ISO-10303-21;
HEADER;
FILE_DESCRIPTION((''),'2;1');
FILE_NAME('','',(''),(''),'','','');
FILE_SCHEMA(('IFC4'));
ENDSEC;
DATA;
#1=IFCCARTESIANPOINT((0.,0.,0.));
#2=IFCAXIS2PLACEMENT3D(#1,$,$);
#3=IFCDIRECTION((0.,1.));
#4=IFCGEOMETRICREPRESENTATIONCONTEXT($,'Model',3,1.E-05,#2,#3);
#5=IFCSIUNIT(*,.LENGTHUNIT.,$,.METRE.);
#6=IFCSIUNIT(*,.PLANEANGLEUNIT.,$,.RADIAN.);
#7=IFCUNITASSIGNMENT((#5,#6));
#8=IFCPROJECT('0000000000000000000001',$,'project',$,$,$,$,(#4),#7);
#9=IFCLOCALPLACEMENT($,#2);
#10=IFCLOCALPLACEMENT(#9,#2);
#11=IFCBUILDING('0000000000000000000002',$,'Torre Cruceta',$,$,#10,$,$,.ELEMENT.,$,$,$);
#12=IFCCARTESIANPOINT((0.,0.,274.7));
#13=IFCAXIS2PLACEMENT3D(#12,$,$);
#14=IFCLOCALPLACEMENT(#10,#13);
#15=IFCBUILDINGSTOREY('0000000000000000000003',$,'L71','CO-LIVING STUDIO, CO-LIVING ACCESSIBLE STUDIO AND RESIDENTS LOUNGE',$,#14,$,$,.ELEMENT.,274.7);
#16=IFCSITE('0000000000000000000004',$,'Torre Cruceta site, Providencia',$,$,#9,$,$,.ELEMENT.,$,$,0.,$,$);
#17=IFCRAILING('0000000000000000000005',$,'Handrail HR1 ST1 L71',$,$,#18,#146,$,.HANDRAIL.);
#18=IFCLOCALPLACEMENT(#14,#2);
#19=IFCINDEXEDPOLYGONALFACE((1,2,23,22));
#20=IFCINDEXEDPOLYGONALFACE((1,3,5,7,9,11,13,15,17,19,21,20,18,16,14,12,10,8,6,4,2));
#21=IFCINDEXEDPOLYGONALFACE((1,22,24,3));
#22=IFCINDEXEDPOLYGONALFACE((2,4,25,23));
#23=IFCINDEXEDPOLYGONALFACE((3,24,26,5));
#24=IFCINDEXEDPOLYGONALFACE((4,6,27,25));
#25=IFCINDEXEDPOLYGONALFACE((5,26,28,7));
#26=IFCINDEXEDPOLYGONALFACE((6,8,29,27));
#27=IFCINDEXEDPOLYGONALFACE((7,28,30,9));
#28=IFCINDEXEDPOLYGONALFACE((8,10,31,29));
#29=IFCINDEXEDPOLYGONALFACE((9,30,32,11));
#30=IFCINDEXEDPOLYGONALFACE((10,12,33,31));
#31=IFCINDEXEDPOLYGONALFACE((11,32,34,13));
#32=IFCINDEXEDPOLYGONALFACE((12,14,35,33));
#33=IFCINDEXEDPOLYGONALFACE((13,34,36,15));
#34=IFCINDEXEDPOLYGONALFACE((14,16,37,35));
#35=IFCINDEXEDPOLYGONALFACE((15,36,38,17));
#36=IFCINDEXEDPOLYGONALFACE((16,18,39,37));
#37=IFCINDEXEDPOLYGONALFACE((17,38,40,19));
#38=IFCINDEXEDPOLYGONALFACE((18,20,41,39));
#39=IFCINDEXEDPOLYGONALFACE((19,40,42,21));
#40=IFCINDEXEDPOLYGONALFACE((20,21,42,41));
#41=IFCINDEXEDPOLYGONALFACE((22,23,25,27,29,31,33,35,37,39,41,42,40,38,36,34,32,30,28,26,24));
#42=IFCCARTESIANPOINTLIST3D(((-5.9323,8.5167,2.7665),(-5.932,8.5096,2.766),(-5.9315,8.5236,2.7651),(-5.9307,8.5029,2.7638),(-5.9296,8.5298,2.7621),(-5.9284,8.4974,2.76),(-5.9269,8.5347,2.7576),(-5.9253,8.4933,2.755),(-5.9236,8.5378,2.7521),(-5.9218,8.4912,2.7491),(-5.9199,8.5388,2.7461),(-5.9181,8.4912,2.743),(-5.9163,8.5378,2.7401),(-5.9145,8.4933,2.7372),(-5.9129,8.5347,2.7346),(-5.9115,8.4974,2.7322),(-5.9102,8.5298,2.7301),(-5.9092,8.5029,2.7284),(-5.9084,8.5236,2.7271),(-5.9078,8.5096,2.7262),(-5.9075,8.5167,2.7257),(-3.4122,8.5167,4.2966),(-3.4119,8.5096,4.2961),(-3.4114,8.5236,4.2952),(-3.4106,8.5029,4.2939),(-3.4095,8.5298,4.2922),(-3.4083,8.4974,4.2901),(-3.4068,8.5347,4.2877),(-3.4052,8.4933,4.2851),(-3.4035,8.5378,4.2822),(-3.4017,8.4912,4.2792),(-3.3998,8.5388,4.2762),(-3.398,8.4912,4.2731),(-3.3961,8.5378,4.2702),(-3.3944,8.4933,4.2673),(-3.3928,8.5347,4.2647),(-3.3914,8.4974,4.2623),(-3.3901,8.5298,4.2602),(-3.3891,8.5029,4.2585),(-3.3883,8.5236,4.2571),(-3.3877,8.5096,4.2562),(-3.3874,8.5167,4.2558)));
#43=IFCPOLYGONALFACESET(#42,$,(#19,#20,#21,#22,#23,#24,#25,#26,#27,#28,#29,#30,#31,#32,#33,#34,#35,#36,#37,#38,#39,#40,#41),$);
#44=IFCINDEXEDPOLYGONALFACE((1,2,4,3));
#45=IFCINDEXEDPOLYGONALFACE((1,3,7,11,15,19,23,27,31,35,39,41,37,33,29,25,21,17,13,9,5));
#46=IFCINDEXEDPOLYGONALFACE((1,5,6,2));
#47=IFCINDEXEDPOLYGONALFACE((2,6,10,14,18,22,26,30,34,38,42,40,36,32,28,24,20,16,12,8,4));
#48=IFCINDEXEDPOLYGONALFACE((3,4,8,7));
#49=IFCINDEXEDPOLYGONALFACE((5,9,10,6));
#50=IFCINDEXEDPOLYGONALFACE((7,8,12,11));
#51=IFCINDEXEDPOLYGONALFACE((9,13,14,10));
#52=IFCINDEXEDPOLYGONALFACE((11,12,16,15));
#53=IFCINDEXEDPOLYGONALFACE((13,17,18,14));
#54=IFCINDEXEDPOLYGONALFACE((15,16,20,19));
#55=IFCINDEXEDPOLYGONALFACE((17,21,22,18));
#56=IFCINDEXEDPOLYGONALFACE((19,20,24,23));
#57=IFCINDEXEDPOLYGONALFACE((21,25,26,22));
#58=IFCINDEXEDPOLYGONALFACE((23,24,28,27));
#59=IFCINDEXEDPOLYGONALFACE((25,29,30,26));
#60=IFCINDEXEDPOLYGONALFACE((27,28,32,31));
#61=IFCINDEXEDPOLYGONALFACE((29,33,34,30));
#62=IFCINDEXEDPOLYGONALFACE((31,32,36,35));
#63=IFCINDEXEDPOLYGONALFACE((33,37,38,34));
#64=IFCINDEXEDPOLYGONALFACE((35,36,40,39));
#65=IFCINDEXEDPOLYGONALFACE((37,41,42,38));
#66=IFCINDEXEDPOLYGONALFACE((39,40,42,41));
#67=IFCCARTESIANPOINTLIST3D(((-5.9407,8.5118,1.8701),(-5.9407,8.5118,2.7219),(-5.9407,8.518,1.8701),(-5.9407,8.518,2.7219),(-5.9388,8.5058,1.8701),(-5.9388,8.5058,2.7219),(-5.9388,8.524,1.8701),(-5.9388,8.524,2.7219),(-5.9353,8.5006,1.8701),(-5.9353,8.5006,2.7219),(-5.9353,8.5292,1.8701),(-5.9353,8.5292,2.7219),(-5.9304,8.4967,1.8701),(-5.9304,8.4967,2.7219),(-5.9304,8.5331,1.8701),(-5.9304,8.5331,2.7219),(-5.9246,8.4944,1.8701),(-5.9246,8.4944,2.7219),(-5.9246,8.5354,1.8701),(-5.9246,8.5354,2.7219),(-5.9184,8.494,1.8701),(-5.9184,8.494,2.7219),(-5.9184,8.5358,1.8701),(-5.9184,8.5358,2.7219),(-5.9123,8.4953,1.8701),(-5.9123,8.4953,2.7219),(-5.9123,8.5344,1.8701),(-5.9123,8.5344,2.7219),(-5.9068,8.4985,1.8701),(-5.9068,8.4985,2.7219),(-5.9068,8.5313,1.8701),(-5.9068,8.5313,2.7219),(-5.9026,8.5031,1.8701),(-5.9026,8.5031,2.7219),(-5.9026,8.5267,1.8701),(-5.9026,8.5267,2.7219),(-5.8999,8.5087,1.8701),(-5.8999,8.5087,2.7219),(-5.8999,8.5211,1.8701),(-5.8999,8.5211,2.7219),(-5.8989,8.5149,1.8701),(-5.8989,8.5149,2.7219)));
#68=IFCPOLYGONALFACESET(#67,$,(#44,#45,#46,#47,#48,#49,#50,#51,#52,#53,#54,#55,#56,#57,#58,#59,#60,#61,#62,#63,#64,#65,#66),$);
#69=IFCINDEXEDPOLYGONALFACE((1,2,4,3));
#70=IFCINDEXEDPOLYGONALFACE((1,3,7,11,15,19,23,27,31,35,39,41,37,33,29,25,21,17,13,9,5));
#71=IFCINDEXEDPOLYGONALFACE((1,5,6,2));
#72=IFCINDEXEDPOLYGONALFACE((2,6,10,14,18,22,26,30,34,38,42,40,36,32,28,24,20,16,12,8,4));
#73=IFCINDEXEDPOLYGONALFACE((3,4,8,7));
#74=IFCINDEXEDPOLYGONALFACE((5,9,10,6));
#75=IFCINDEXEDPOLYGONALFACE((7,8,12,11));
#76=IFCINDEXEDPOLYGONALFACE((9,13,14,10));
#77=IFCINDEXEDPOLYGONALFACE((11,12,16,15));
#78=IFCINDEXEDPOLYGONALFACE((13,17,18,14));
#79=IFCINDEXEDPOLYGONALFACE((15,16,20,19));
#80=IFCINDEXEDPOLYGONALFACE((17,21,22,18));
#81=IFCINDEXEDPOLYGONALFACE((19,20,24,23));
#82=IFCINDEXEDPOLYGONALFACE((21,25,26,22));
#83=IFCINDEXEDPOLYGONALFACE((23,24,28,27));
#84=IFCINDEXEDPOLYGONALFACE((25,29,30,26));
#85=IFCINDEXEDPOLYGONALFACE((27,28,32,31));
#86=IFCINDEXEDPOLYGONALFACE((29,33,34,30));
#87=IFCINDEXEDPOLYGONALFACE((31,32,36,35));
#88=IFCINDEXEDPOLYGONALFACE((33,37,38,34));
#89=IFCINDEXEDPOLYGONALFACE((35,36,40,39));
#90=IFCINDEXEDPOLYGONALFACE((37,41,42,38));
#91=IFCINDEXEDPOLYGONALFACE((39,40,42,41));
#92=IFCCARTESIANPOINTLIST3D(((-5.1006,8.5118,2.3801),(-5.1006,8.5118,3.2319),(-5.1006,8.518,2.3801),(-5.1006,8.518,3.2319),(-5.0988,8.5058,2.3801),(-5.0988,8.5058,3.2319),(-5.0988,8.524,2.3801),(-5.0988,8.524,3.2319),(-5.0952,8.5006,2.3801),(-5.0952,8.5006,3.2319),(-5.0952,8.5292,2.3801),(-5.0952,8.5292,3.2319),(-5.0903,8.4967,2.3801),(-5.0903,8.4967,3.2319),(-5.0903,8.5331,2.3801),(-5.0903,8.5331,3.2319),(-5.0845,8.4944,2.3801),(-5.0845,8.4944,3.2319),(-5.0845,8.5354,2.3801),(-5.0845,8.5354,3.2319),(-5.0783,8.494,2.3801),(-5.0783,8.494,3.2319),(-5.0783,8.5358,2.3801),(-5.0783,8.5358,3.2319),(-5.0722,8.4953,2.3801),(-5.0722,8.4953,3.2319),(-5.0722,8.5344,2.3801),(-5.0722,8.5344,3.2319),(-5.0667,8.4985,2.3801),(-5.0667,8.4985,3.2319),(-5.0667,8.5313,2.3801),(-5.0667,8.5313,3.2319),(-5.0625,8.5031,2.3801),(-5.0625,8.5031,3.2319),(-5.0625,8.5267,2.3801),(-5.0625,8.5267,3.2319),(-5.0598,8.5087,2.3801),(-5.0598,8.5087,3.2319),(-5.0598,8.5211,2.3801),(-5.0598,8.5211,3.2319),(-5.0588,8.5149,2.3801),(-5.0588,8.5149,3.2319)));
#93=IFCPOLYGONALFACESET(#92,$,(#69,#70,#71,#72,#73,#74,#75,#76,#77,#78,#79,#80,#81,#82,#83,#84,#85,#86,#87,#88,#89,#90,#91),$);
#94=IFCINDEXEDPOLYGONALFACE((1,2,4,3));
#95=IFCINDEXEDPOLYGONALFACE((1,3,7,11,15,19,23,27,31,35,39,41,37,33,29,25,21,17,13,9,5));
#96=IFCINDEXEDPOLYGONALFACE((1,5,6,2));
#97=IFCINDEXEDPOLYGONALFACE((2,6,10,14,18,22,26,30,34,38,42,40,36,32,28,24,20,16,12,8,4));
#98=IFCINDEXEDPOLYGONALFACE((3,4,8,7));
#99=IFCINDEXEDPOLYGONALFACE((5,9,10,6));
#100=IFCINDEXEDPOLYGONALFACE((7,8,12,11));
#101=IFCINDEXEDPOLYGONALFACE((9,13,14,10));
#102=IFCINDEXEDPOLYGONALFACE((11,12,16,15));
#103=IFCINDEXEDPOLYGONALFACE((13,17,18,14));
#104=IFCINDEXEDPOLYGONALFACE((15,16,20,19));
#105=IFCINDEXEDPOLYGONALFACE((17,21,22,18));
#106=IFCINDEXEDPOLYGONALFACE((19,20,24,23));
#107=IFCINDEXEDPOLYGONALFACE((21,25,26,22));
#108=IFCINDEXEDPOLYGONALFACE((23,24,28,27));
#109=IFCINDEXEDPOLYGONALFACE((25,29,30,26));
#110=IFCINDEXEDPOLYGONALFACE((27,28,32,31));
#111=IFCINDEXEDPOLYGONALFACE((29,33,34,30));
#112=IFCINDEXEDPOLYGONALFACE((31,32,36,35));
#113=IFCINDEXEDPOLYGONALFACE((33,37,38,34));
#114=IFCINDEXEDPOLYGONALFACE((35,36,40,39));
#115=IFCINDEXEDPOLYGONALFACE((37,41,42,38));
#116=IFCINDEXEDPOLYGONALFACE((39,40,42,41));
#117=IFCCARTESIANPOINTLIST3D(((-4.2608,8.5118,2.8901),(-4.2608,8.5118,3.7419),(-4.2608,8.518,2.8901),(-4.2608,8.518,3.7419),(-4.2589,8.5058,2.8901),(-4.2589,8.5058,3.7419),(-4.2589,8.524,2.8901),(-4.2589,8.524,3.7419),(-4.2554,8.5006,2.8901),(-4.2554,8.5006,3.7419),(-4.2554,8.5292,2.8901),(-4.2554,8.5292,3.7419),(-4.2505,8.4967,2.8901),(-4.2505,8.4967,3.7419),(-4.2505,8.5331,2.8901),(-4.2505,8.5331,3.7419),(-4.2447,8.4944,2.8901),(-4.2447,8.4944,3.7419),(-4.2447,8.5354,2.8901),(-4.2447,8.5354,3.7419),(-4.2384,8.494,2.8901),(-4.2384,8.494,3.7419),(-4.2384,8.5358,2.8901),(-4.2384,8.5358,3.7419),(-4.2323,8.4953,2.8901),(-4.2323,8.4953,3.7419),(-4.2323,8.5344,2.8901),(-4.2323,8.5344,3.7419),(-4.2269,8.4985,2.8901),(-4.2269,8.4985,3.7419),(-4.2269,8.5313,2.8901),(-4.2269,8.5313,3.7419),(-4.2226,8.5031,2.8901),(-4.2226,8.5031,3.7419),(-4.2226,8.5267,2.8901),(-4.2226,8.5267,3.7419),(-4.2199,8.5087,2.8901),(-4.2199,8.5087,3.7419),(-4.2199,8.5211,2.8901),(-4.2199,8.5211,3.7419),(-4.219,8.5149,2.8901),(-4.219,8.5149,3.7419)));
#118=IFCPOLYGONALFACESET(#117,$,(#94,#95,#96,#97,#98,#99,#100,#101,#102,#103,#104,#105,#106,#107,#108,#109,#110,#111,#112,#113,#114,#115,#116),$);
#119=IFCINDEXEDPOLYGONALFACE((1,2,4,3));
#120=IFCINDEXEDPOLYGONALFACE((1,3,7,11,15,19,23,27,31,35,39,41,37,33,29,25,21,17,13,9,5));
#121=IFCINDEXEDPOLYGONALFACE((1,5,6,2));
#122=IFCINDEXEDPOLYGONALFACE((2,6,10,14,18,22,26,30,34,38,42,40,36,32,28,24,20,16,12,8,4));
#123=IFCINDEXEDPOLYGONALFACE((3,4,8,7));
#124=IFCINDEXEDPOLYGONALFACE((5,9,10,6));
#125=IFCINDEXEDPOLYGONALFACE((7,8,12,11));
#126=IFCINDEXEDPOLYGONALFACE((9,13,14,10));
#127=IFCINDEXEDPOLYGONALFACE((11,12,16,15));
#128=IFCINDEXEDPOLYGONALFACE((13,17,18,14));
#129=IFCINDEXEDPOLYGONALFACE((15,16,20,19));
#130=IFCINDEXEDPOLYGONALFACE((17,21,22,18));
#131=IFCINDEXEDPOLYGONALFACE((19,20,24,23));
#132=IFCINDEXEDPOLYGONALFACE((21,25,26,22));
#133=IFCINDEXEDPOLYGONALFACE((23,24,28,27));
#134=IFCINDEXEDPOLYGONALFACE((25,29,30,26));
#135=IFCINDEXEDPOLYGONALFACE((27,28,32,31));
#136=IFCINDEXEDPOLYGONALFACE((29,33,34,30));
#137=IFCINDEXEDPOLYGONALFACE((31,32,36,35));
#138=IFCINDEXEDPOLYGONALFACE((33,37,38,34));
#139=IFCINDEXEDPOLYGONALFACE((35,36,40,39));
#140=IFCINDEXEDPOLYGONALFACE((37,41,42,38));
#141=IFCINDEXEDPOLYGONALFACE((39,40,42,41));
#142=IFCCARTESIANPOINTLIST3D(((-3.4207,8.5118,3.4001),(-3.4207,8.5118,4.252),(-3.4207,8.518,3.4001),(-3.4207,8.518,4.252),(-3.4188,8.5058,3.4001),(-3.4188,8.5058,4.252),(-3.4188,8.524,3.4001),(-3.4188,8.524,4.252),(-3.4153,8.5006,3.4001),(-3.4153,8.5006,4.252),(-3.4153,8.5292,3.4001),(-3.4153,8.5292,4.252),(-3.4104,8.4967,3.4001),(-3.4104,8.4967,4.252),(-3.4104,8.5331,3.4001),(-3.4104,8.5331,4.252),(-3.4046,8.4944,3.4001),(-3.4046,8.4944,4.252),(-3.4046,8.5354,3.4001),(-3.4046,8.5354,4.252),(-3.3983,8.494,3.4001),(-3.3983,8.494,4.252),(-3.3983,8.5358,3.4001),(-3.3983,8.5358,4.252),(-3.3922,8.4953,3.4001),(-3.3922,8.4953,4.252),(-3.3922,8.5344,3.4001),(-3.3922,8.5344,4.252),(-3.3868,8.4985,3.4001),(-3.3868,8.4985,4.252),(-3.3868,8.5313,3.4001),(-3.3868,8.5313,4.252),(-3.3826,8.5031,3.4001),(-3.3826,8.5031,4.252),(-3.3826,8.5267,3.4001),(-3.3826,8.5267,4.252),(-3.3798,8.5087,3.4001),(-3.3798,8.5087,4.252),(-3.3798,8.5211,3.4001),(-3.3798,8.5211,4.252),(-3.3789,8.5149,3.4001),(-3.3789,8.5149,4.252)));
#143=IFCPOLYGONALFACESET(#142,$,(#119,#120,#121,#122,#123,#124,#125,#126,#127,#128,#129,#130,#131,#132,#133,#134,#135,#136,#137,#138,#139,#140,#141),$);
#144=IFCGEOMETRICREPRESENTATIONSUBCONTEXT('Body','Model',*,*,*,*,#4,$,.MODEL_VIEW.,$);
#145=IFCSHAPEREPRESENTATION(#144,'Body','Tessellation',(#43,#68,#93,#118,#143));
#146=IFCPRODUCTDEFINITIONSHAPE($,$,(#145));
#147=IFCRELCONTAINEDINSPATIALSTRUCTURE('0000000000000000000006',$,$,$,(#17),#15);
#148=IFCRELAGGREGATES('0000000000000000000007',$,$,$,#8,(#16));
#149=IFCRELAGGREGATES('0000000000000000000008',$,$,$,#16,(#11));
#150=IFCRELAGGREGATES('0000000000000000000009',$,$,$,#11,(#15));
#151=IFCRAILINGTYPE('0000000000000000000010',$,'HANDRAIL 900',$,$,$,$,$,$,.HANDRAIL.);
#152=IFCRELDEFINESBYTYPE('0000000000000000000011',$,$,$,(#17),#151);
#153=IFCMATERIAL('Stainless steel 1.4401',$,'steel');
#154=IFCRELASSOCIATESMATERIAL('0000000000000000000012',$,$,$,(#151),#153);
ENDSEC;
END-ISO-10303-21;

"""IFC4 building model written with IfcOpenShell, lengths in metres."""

from ifc_helpers import new_model, si_unit, direction, frame, origin, origin_2d, place, context, subcontext, project, spatial, circle, extrude, material, type_object, element, save


model = new_model("IFC4")

# Units and contexts
model_context = context("Model", 3, precision=1e-05, world=origin(), true_north=direction((0.0, 1.0)))
body_context = subcontext(model_context, "Body", "Model", "MODEL_VIEW")
ifc_project = project(units=[si_unit("LENGTHUNIT", "METRE"), si_unit("PLANEANGLEUNIT", "RADIAN")], contexts=[model_context])

# Site, building, storey
site_placement = place(None, origin())
site = spatial("IfcSite", under=ifc_project, at=site_placement, Name="Torre Cruceta site, Providencia", CompositionType="ELEMENT", RefElevation=0.0)
building_placement = place(site_placement, origin())
building = spatial("IfcBuilding", under=site, at=building_placement, Name="Torre Cruceta", CompositionType="ELEMENT")
storey_placement = place(building_placement, frame((0.0, 0.0, 274.7)))
storey = spatial("IfcBuildingStorey", under=building, at=storey_placement, Name="L71", Description="CO-LIVING STUDIO, CO-LIVING ACCESSIBLE STUDIO AND RESIDENTS LOUNGE", CompositionType="ELEMENT", Elevation=274.7)

# Railing
ifc_material_1 = material(Name="Stainless steel 1.4401", Category="steel")
railing_type = type_object("IfcRailingType", Name="HANDRAIL 900", PredefinedType="HANDRAIL", material=ifc_material_1)
railing_1_placement = place(storey_placement, frame((-5.9199, 8.5149, 1.8701)))
element("IfcRailing", 1, at=railing_1_placement, inside=storey, type_object=railing_type, Name="Handrail HR1 ST1 L71", PredefinedType="HANDRAIL", context=body_context, shape_type="SweptSolid", body=[
    extrude(circle(Radius=0.0239, at=origin_2d()), frame((0.0, 0.0, 0.876), z_axis=(0.854785, 0.0, 0.518982), x_axis=(0.0, 1.0, 0.0)), (0.0, 0.0, 1.0), 2.9482),
    extrude(circle(Radius=0.021, at=origin_2d()), origin(), (0.0, 0.0, 1.0), 0.8518),
    extrude(circle(Radius=0.021, at=origin_2d()), frame((0.8401, 0.0, 0.51)), (0.0, 0.0, 1.0), 0.8518),
    extrude(circle(Radius=0.021, at=origin_2d()), frame((1.6799, 0.0, 1.02)), (0.0, 0.0, 1.0), 0.8518),
    extrude(circle(Radius=0.021, at=origin_2d()), frame((2.52, 0.0, 1.53)), (0.0, 0.0, 1.0), 0.8518),
])

save(model, "model.ifc")
